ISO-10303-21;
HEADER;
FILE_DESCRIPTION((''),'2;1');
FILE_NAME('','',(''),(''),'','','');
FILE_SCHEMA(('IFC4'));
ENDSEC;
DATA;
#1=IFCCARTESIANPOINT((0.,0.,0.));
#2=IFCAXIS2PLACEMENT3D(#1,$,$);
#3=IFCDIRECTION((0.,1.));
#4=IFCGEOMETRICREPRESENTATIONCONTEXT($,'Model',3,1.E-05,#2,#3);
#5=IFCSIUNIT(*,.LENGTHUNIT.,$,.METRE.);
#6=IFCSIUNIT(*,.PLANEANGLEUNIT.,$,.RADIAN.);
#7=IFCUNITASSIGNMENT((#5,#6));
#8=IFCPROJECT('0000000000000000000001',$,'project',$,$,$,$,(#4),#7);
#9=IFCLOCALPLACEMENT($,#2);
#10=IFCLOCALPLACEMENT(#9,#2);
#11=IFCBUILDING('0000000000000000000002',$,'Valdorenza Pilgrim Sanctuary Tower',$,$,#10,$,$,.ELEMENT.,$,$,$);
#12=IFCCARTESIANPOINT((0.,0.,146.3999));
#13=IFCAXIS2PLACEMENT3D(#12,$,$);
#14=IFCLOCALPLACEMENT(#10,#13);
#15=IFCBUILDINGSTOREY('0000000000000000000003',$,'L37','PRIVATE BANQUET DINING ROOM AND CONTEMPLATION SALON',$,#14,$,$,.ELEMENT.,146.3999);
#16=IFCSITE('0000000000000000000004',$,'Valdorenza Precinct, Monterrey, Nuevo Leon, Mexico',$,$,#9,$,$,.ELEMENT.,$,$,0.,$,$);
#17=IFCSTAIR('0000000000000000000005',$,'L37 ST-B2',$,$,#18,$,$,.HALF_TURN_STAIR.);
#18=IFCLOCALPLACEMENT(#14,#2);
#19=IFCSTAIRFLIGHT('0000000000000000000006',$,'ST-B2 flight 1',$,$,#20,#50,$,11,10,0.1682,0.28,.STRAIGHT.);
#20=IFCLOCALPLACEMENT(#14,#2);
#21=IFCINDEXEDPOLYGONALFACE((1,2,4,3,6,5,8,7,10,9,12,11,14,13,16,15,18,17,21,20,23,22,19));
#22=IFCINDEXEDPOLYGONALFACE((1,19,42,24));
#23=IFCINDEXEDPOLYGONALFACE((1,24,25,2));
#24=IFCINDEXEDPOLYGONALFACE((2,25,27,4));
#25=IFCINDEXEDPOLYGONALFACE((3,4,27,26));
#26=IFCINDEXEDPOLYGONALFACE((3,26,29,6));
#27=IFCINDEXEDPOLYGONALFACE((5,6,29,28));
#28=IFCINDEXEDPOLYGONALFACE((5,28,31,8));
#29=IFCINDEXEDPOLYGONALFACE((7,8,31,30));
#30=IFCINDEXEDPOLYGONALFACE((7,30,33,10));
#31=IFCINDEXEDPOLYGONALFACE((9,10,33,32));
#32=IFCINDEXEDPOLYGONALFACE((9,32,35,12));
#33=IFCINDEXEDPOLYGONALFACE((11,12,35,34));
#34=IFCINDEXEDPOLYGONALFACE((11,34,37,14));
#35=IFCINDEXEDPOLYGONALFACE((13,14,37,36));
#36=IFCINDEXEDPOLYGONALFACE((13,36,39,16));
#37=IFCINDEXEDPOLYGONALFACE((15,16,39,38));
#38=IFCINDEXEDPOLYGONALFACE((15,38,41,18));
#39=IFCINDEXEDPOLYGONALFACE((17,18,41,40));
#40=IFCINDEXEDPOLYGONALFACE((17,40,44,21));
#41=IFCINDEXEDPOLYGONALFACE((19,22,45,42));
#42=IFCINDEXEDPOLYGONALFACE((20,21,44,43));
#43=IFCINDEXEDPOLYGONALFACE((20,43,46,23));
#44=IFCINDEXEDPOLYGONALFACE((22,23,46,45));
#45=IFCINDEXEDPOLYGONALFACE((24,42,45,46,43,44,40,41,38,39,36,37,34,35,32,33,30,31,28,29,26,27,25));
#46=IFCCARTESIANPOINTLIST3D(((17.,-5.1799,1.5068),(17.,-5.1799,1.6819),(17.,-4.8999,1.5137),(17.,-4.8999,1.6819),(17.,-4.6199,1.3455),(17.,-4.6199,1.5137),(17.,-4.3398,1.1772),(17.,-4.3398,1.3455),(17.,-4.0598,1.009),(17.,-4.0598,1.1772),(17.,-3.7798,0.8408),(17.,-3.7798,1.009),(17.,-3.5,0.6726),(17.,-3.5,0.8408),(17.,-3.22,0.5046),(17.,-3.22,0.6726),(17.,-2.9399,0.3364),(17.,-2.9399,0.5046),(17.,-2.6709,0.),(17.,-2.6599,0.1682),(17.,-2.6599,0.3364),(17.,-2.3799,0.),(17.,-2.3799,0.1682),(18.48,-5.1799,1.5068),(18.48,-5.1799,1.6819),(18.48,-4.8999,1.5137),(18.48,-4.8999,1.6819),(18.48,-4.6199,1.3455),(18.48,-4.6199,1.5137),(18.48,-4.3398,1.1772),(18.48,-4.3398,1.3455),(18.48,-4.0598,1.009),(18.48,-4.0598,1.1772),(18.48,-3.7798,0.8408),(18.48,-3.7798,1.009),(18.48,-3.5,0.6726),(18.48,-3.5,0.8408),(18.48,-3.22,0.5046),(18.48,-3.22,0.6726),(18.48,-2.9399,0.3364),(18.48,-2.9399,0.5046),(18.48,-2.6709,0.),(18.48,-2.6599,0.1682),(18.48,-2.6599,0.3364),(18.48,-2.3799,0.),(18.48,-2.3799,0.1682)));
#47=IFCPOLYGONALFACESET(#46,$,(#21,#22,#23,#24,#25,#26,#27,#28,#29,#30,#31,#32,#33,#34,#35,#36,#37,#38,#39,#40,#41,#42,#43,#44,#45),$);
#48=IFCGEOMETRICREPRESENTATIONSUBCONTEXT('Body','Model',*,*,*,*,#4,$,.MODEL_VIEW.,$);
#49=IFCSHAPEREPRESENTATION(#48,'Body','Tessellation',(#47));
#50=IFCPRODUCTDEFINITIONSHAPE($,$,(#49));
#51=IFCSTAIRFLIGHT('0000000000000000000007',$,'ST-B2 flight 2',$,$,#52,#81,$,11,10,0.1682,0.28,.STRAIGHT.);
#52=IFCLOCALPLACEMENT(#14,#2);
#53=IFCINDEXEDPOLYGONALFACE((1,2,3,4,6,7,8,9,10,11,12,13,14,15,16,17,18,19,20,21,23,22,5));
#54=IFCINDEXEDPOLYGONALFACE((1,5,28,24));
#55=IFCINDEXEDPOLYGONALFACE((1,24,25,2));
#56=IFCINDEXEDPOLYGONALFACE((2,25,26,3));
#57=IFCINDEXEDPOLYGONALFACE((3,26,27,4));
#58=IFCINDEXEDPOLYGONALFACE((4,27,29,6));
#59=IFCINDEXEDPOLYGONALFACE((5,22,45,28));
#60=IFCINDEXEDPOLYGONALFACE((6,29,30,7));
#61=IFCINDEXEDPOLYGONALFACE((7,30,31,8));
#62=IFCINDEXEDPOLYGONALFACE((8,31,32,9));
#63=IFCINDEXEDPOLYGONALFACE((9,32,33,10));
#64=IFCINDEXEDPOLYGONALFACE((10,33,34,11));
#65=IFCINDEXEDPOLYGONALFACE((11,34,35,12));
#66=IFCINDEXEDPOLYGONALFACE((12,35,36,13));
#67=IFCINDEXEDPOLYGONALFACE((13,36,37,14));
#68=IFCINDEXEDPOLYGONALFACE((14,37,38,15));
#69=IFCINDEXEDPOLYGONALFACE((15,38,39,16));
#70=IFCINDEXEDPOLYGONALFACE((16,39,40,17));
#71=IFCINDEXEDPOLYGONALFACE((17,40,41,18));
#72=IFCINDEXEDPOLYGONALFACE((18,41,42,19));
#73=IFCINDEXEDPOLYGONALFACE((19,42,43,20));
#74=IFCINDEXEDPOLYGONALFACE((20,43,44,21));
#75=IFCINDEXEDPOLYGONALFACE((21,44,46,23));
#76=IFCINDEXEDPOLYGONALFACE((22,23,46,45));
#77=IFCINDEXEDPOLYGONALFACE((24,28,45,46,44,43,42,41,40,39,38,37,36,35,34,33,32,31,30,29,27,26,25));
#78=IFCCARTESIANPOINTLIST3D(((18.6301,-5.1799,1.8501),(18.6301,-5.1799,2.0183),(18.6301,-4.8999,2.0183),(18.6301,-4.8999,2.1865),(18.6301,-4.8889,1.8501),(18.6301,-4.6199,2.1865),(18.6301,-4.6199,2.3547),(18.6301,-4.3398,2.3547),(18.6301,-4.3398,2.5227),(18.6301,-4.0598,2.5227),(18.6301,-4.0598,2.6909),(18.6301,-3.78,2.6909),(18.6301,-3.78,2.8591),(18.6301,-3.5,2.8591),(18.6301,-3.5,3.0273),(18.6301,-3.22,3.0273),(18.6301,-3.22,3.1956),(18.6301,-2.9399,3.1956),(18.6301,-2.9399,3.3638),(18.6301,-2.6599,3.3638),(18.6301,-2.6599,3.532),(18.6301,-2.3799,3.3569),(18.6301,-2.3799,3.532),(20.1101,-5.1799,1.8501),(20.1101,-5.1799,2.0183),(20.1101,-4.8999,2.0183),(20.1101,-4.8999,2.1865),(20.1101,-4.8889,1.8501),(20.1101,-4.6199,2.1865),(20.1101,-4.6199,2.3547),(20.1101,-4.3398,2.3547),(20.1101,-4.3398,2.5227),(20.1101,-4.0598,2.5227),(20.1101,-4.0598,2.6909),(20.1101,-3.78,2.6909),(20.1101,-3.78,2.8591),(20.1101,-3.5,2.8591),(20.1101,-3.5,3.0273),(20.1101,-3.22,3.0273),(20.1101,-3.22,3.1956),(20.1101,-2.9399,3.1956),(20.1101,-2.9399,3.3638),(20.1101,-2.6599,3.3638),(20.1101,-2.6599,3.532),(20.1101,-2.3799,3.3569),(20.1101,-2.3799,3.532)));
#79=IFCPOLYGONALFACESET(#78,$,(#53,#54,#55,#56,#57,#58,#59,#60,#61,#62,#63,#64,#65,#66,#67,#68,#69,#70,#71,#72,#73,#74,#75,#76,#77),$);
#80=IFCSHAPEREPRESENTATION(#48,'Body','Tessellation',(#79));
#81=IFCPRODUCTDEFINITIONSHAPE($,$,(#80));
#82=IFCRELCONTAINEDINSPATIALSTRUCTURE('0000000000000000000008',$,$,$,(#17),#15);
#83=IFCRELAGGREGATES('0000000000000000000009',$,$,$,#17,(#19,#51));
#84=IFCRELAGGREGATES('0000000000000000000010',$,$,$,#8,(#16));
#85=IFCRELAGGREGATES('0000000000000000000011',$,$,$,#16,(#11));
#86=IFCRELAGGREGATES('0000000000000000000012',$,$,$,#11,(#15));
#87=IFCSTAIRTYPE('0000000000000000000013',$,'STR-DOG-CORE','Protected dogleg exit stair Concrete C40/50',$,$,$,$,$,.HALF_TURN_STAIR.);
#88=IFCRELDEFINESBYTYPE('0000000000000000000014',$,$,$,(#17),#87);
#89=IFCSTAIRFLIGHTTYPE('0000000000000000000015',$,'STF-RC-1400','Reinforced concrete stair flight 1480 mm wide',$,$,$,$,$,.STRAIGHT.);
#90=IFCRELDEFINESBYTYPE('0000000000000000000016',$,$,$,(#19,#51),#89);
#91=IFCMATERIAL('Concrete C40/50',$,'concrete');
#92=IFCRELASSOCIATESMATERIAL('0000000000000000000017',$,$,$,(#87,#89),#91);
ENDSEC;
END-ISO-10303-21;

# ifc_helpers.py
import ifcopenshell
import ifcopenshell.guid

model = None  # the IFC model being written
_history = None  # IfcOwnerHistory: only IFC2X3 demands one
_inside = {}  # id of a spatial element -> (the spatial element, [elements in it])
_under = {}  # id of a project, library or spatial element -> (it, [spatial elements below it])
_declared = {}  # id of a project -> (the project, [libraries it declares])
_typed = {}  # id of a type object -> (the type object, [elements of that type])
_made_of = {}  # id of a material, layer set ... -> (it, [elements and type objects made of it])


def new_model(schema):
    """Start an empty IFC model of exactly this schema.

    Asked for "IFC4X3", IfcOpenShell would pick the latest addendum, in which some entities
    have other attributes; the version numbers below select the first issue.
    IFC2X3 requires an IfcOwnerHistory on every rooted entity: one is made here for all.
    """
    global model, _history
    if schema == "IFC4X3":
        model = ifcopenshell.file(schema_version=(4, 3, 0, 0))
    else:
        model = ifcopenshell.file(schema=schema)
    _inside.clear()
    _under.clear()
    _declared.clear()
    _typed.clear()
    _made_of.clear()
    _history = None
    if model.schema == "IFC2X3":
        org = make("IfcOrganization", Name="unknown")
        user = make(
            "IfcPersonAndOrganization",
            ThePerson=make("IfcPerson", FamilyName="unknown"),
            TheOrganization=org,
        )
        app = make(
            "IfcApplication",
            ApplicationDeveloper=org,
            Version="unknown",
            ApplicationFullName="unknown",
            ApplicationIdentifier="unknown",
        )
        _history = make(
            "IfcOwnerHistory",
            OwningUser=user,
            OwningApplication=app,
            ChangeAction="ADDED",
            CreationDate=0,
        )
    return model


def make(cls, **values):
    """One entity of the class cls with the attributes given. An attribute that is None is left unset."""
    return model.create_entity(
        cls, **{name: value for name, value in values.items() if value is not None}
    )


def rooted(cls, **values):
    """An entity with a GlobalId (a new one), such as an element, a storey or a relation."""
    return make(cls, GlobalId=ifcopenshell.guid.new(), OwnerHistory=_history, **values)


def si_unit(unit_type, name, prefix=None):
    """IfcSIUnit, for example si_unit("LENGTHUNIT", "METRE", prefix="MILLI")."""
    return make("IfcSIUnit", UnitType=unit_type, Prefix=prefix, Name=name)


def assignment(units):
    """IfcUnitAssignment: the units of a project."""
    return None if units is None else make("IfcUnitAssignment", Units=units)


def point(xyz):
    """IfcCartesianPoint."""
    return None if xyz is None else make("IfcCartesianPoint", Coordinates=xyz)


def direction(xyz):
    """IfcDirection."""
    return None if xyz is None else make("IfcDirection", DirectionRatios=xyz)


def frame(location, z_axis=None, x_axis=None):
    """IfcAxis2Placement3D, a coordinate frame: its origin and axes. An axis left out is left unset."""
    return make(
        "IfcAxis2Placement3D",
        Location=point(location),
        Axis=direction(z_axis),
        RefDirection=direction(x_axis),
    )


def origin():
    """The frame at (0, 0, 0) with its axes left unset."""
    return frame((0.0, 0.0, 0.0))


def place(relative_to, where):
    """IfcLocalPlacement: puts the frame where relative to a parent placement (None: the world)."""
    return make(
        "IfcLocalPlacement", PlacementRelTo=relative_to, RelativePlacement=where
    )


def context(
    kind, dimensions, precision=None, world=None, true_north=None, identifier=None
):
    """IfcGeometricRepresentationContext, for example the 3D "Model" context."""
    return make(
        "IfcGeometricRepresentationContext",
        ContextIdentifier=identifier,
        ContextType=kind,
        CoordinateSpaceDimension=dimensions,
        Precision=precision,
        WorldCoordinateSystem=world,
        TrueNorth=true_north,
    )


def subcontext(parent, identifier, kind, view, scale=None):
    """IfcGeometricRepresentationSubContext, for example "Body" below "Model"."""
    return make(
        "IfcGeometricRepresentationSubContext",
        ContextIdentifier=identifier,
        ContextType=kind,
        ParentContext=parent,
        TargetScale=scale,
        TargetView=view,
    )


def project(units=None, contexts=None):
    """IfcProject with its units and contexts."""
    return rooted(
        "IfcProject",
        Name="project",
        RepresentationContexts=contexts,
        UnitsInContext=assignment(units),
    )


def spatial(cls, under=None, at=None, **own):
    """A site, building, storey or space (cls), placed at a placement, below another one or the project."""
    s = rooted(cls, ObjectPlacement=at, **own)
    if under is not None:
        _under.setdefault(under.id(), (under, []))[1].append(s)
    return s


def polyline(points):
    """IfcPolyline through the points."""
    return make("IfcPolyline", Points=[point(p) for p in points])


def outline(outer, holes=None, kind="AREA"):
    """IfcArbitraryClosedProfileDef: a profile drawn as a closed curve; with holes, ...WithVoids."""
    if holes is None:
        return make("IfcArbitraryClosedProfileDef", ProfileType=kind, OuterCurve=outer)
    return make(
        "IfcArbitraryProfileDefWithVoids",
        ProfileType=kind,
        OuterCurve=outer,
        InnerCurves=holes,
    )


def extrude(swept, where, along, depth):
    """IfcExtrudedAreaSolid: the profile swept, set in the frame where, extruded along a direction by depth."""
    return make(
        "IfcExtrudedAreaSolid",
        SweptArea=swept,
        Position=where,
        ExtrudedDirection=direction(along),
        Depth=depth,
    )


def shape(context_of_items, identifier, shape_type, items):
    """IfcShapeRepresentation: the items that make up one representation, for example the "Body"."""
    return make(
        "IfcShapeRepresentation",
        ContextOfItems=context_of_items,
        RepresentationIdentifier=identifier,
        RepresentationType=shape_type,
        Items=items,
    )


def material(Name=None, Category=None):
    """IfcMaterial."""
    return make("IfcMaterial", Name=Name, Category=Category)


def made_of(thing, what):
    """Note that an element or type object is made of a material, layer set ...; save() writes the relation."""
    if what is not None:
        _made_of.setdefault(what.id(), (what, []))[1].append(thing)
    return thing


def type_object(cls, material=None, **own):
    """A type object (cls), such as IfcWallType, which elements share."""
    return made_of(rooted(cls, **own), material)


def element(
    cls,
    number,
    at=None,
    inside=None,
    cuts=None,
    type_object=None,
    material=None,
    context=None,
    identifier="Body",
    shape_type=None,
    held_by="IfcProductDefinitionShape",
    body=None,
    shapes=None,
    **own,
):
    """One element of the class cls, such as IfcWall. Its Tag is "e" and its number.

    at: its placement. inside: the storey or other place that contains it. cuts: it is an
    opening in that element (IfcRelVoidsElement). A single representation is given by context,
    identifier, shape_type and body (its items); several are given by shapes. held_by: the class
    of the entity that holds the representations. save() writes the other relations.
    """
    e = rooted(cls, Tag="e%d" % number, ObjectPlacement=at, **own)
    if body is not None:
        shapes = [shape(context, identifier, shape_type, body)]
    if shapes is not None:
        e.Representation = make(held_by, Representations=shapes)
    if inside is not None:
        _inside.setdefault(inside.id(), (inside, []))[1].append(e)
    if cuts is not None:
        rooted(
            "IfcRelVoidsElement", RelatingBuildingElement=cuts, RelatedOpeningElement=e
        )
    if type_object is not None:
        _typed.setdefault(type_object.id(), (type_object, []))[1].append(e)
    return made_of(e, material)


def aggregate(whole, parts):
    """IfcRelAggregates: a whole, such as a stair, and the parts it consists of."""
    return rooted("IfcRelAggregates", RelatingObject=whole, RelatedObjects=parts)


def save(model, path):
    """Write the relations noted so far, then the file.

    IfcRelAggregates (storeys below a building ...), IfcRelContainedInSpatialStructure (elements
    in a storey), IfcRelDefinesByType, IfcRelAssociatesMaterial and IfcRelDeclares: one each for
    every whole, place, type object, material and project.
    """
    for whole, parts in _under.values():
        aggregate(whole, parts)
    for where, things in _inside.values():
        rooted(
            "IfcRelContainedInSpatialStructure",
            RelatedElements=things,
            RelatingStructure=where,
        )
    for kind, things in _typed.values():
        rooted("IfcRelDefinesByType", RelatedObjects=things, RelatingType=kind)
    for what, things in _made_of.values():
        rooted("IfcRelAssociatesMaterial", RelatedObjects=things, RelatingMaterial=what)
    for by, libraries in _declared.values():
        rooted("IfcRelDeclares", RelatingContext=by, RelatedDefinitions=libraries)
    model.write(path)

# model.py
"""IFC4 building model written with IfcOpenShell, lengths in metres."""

from ifc_helpers import new_model, si_unit, direction, frame, origin, place, context, subcontext, project, spatial, polyline, outline, extrude, material, type_object, element, aggregate, save


model = new_model("IFC4")

# Units and contexts
model_context = context("Model", 3, precision=1e-05, world=origin(), true_north=direction((0.0, 1.0)))
body_context = subcontext(model_context, "Body", "Model", "MODEL_VIEW")
ifc_project = project(units=[si_unit("LENGTHUNIT", "METRE"), si_unit("PLANEANGLEUNIT", "RADIAN")], contexts=[model_context])

# Site, building, storey
site_placement = place(None, origin())
site = spatial("IfcSite", under=ifc_project, at=site_placement, Name="Valdorenza Precinct, Monterrey, Nuevo Leon, Mexico", CompositionType="ELEMENT", RefElevation=0.0)
building_placement = place(site_placement, origin())
building = spatial("IfcBuilding", under=site, at=building_placement, Name="Valdorenza Pilgrim Sanctuary Tower", CompositionType="ELEMENT")
storey_placement = place(building_placement, frame((0.0, 0.0, 146.3999)))
storey = spatial("IfcBuildingStorey", under=building, at=storey_placement, Name="L37", Description="PRIVATE BANQUET DINING ROOM AND CONTEMPLATION SALON", CompositionType="ELEMENT", Elevation=146.3999)

# Shared definitions
ifc_material_1 = material(Name="Concrete C40/50", Category="concrete")

# Stair, stair flights
stair_type = type_object("IfcStairType", Name="STR-DOG-CORE", Description="Protected dogleg exit stair Concrete C40/50", PredefinedType="HALF_TURN_STAIR", material=ifc_material_1)
stair_placement = place(storey_placement, origin())
stair = element("IfcStair", 1, at=stair_placement, inside=storey, type_object=stair_type, Name="L37 ST-B2", PredefinedType="HALF_TURN_STAIR")
stair_flight_type = type_object("IfcStairFlightType", Name="STF-RC-1400", Description="Reinforced concrete stair flight 1480 mm wide", PredefinedType="STRAIGHT", material=ifc_material_1)
stair_flight_1_placement = place(storey_placement, frame((17.74, -2.3799, 0.0), z_axis=(0.0, 0.0, 1.0), x_axis=(0.0, -1.0, 0.0)))
stair_flight_1 = element("IfcStairFlight", 2, at=stair_flight_1_placement, type_object=stair_flight_type, Name="ST-B2 flight 1", NumberOfRisers=11, NumberOfTreads=10, PredefinedType="STRAIGHT", RiserHeight=0.1682, TreadLength=0.28, context=body_context, shape_type="SweptSolid", body=[
    extrude(outline(polyline([(0.0, 0.0), (0.0, 0.1682), (0.28, 0.1682), (0.28, 0.3364), (0.5601, 0.3364), (0.5601, 0.5046), (0.8401, 0.5046), (0.8401, 0.6726), (1.1201, 0.6726), (1.1201, 0.8408), (1.3999, 0.8408), (1.3999, 1.009), (1.6799, 1.009), (1.6799, 1.1772), (1.96, 1.1772), (1.96, 1.3455), (2.24, 1.3455), (2.24, 1.5137), (2.52, 1.5137), (2.52, 1.6819), (2.8, 1.6819), (2.8, 1.8501), (2.8, 1.5068), (0.291, 0.0), (0.0, 0.0)])), frame((0.0, 0.74, 0.0), z_axis=(0.0, -1.0, 0.0), x_axis=(1.0, 0.0, 0.0)), (0.0, 0.0, 1.0), 1.48),
])
stair_flight_2_placement = place(storey_placement, frame((19.3701, -5.1799, 1.8501), z_axis=(0.0, 0.0, 1.0), x_axis=(0.0, 1.0, 0.0)))
stair_flight_2 = element("IfcStairFlight", 3, at=stair_flight_2_placement, type_object=stair_flight_type, Name="ST-B2 flight 2", NumberOfRisers=11, NumberOfTreads=10, PredefinedType="STRAIGHT", RiserHeight=0.1682, TreadLength=0.28, context=body_context, shape_type="SweptSolid", body=[
    extrude(outline(polyline([(0.0, 0.0), (0.0, 0.1682), (0.28, 0.1682), (0.28, 0.3364), (0.5601, 0.3364), (0.5601, 0.5046), (0.8401, 0.5046), (0.8401, 0.6726), (1.1201, 0.6726), (1.1201, 0.8408), (1.3999, 0.8408), (1.3999, 1.009), (1.6799, 1.009), (1.6799, 1.1772), (1.96, 1.1772), (1.96, 1.3455), (2.24, 1.3455), (2.24, 1.5137), (2.52, 1.5137), (2.52, 1.6819), (2.8, 1.6819), (2.8, 1.8501), (2.8, 1.5068), (0.291, 0.0), (0.0, 0.0)])), frame((0.0, 0.74, 0.0), z_axis=(0.0, -1.0, 0.0), x_axis=(1.0, 0.0, 0.0)), (0.0, 0.0, 1.0), 1.48),
])
aggregate(stair, [stair_flight_1, stair_flight_2])

save(model, "model.ifc")
